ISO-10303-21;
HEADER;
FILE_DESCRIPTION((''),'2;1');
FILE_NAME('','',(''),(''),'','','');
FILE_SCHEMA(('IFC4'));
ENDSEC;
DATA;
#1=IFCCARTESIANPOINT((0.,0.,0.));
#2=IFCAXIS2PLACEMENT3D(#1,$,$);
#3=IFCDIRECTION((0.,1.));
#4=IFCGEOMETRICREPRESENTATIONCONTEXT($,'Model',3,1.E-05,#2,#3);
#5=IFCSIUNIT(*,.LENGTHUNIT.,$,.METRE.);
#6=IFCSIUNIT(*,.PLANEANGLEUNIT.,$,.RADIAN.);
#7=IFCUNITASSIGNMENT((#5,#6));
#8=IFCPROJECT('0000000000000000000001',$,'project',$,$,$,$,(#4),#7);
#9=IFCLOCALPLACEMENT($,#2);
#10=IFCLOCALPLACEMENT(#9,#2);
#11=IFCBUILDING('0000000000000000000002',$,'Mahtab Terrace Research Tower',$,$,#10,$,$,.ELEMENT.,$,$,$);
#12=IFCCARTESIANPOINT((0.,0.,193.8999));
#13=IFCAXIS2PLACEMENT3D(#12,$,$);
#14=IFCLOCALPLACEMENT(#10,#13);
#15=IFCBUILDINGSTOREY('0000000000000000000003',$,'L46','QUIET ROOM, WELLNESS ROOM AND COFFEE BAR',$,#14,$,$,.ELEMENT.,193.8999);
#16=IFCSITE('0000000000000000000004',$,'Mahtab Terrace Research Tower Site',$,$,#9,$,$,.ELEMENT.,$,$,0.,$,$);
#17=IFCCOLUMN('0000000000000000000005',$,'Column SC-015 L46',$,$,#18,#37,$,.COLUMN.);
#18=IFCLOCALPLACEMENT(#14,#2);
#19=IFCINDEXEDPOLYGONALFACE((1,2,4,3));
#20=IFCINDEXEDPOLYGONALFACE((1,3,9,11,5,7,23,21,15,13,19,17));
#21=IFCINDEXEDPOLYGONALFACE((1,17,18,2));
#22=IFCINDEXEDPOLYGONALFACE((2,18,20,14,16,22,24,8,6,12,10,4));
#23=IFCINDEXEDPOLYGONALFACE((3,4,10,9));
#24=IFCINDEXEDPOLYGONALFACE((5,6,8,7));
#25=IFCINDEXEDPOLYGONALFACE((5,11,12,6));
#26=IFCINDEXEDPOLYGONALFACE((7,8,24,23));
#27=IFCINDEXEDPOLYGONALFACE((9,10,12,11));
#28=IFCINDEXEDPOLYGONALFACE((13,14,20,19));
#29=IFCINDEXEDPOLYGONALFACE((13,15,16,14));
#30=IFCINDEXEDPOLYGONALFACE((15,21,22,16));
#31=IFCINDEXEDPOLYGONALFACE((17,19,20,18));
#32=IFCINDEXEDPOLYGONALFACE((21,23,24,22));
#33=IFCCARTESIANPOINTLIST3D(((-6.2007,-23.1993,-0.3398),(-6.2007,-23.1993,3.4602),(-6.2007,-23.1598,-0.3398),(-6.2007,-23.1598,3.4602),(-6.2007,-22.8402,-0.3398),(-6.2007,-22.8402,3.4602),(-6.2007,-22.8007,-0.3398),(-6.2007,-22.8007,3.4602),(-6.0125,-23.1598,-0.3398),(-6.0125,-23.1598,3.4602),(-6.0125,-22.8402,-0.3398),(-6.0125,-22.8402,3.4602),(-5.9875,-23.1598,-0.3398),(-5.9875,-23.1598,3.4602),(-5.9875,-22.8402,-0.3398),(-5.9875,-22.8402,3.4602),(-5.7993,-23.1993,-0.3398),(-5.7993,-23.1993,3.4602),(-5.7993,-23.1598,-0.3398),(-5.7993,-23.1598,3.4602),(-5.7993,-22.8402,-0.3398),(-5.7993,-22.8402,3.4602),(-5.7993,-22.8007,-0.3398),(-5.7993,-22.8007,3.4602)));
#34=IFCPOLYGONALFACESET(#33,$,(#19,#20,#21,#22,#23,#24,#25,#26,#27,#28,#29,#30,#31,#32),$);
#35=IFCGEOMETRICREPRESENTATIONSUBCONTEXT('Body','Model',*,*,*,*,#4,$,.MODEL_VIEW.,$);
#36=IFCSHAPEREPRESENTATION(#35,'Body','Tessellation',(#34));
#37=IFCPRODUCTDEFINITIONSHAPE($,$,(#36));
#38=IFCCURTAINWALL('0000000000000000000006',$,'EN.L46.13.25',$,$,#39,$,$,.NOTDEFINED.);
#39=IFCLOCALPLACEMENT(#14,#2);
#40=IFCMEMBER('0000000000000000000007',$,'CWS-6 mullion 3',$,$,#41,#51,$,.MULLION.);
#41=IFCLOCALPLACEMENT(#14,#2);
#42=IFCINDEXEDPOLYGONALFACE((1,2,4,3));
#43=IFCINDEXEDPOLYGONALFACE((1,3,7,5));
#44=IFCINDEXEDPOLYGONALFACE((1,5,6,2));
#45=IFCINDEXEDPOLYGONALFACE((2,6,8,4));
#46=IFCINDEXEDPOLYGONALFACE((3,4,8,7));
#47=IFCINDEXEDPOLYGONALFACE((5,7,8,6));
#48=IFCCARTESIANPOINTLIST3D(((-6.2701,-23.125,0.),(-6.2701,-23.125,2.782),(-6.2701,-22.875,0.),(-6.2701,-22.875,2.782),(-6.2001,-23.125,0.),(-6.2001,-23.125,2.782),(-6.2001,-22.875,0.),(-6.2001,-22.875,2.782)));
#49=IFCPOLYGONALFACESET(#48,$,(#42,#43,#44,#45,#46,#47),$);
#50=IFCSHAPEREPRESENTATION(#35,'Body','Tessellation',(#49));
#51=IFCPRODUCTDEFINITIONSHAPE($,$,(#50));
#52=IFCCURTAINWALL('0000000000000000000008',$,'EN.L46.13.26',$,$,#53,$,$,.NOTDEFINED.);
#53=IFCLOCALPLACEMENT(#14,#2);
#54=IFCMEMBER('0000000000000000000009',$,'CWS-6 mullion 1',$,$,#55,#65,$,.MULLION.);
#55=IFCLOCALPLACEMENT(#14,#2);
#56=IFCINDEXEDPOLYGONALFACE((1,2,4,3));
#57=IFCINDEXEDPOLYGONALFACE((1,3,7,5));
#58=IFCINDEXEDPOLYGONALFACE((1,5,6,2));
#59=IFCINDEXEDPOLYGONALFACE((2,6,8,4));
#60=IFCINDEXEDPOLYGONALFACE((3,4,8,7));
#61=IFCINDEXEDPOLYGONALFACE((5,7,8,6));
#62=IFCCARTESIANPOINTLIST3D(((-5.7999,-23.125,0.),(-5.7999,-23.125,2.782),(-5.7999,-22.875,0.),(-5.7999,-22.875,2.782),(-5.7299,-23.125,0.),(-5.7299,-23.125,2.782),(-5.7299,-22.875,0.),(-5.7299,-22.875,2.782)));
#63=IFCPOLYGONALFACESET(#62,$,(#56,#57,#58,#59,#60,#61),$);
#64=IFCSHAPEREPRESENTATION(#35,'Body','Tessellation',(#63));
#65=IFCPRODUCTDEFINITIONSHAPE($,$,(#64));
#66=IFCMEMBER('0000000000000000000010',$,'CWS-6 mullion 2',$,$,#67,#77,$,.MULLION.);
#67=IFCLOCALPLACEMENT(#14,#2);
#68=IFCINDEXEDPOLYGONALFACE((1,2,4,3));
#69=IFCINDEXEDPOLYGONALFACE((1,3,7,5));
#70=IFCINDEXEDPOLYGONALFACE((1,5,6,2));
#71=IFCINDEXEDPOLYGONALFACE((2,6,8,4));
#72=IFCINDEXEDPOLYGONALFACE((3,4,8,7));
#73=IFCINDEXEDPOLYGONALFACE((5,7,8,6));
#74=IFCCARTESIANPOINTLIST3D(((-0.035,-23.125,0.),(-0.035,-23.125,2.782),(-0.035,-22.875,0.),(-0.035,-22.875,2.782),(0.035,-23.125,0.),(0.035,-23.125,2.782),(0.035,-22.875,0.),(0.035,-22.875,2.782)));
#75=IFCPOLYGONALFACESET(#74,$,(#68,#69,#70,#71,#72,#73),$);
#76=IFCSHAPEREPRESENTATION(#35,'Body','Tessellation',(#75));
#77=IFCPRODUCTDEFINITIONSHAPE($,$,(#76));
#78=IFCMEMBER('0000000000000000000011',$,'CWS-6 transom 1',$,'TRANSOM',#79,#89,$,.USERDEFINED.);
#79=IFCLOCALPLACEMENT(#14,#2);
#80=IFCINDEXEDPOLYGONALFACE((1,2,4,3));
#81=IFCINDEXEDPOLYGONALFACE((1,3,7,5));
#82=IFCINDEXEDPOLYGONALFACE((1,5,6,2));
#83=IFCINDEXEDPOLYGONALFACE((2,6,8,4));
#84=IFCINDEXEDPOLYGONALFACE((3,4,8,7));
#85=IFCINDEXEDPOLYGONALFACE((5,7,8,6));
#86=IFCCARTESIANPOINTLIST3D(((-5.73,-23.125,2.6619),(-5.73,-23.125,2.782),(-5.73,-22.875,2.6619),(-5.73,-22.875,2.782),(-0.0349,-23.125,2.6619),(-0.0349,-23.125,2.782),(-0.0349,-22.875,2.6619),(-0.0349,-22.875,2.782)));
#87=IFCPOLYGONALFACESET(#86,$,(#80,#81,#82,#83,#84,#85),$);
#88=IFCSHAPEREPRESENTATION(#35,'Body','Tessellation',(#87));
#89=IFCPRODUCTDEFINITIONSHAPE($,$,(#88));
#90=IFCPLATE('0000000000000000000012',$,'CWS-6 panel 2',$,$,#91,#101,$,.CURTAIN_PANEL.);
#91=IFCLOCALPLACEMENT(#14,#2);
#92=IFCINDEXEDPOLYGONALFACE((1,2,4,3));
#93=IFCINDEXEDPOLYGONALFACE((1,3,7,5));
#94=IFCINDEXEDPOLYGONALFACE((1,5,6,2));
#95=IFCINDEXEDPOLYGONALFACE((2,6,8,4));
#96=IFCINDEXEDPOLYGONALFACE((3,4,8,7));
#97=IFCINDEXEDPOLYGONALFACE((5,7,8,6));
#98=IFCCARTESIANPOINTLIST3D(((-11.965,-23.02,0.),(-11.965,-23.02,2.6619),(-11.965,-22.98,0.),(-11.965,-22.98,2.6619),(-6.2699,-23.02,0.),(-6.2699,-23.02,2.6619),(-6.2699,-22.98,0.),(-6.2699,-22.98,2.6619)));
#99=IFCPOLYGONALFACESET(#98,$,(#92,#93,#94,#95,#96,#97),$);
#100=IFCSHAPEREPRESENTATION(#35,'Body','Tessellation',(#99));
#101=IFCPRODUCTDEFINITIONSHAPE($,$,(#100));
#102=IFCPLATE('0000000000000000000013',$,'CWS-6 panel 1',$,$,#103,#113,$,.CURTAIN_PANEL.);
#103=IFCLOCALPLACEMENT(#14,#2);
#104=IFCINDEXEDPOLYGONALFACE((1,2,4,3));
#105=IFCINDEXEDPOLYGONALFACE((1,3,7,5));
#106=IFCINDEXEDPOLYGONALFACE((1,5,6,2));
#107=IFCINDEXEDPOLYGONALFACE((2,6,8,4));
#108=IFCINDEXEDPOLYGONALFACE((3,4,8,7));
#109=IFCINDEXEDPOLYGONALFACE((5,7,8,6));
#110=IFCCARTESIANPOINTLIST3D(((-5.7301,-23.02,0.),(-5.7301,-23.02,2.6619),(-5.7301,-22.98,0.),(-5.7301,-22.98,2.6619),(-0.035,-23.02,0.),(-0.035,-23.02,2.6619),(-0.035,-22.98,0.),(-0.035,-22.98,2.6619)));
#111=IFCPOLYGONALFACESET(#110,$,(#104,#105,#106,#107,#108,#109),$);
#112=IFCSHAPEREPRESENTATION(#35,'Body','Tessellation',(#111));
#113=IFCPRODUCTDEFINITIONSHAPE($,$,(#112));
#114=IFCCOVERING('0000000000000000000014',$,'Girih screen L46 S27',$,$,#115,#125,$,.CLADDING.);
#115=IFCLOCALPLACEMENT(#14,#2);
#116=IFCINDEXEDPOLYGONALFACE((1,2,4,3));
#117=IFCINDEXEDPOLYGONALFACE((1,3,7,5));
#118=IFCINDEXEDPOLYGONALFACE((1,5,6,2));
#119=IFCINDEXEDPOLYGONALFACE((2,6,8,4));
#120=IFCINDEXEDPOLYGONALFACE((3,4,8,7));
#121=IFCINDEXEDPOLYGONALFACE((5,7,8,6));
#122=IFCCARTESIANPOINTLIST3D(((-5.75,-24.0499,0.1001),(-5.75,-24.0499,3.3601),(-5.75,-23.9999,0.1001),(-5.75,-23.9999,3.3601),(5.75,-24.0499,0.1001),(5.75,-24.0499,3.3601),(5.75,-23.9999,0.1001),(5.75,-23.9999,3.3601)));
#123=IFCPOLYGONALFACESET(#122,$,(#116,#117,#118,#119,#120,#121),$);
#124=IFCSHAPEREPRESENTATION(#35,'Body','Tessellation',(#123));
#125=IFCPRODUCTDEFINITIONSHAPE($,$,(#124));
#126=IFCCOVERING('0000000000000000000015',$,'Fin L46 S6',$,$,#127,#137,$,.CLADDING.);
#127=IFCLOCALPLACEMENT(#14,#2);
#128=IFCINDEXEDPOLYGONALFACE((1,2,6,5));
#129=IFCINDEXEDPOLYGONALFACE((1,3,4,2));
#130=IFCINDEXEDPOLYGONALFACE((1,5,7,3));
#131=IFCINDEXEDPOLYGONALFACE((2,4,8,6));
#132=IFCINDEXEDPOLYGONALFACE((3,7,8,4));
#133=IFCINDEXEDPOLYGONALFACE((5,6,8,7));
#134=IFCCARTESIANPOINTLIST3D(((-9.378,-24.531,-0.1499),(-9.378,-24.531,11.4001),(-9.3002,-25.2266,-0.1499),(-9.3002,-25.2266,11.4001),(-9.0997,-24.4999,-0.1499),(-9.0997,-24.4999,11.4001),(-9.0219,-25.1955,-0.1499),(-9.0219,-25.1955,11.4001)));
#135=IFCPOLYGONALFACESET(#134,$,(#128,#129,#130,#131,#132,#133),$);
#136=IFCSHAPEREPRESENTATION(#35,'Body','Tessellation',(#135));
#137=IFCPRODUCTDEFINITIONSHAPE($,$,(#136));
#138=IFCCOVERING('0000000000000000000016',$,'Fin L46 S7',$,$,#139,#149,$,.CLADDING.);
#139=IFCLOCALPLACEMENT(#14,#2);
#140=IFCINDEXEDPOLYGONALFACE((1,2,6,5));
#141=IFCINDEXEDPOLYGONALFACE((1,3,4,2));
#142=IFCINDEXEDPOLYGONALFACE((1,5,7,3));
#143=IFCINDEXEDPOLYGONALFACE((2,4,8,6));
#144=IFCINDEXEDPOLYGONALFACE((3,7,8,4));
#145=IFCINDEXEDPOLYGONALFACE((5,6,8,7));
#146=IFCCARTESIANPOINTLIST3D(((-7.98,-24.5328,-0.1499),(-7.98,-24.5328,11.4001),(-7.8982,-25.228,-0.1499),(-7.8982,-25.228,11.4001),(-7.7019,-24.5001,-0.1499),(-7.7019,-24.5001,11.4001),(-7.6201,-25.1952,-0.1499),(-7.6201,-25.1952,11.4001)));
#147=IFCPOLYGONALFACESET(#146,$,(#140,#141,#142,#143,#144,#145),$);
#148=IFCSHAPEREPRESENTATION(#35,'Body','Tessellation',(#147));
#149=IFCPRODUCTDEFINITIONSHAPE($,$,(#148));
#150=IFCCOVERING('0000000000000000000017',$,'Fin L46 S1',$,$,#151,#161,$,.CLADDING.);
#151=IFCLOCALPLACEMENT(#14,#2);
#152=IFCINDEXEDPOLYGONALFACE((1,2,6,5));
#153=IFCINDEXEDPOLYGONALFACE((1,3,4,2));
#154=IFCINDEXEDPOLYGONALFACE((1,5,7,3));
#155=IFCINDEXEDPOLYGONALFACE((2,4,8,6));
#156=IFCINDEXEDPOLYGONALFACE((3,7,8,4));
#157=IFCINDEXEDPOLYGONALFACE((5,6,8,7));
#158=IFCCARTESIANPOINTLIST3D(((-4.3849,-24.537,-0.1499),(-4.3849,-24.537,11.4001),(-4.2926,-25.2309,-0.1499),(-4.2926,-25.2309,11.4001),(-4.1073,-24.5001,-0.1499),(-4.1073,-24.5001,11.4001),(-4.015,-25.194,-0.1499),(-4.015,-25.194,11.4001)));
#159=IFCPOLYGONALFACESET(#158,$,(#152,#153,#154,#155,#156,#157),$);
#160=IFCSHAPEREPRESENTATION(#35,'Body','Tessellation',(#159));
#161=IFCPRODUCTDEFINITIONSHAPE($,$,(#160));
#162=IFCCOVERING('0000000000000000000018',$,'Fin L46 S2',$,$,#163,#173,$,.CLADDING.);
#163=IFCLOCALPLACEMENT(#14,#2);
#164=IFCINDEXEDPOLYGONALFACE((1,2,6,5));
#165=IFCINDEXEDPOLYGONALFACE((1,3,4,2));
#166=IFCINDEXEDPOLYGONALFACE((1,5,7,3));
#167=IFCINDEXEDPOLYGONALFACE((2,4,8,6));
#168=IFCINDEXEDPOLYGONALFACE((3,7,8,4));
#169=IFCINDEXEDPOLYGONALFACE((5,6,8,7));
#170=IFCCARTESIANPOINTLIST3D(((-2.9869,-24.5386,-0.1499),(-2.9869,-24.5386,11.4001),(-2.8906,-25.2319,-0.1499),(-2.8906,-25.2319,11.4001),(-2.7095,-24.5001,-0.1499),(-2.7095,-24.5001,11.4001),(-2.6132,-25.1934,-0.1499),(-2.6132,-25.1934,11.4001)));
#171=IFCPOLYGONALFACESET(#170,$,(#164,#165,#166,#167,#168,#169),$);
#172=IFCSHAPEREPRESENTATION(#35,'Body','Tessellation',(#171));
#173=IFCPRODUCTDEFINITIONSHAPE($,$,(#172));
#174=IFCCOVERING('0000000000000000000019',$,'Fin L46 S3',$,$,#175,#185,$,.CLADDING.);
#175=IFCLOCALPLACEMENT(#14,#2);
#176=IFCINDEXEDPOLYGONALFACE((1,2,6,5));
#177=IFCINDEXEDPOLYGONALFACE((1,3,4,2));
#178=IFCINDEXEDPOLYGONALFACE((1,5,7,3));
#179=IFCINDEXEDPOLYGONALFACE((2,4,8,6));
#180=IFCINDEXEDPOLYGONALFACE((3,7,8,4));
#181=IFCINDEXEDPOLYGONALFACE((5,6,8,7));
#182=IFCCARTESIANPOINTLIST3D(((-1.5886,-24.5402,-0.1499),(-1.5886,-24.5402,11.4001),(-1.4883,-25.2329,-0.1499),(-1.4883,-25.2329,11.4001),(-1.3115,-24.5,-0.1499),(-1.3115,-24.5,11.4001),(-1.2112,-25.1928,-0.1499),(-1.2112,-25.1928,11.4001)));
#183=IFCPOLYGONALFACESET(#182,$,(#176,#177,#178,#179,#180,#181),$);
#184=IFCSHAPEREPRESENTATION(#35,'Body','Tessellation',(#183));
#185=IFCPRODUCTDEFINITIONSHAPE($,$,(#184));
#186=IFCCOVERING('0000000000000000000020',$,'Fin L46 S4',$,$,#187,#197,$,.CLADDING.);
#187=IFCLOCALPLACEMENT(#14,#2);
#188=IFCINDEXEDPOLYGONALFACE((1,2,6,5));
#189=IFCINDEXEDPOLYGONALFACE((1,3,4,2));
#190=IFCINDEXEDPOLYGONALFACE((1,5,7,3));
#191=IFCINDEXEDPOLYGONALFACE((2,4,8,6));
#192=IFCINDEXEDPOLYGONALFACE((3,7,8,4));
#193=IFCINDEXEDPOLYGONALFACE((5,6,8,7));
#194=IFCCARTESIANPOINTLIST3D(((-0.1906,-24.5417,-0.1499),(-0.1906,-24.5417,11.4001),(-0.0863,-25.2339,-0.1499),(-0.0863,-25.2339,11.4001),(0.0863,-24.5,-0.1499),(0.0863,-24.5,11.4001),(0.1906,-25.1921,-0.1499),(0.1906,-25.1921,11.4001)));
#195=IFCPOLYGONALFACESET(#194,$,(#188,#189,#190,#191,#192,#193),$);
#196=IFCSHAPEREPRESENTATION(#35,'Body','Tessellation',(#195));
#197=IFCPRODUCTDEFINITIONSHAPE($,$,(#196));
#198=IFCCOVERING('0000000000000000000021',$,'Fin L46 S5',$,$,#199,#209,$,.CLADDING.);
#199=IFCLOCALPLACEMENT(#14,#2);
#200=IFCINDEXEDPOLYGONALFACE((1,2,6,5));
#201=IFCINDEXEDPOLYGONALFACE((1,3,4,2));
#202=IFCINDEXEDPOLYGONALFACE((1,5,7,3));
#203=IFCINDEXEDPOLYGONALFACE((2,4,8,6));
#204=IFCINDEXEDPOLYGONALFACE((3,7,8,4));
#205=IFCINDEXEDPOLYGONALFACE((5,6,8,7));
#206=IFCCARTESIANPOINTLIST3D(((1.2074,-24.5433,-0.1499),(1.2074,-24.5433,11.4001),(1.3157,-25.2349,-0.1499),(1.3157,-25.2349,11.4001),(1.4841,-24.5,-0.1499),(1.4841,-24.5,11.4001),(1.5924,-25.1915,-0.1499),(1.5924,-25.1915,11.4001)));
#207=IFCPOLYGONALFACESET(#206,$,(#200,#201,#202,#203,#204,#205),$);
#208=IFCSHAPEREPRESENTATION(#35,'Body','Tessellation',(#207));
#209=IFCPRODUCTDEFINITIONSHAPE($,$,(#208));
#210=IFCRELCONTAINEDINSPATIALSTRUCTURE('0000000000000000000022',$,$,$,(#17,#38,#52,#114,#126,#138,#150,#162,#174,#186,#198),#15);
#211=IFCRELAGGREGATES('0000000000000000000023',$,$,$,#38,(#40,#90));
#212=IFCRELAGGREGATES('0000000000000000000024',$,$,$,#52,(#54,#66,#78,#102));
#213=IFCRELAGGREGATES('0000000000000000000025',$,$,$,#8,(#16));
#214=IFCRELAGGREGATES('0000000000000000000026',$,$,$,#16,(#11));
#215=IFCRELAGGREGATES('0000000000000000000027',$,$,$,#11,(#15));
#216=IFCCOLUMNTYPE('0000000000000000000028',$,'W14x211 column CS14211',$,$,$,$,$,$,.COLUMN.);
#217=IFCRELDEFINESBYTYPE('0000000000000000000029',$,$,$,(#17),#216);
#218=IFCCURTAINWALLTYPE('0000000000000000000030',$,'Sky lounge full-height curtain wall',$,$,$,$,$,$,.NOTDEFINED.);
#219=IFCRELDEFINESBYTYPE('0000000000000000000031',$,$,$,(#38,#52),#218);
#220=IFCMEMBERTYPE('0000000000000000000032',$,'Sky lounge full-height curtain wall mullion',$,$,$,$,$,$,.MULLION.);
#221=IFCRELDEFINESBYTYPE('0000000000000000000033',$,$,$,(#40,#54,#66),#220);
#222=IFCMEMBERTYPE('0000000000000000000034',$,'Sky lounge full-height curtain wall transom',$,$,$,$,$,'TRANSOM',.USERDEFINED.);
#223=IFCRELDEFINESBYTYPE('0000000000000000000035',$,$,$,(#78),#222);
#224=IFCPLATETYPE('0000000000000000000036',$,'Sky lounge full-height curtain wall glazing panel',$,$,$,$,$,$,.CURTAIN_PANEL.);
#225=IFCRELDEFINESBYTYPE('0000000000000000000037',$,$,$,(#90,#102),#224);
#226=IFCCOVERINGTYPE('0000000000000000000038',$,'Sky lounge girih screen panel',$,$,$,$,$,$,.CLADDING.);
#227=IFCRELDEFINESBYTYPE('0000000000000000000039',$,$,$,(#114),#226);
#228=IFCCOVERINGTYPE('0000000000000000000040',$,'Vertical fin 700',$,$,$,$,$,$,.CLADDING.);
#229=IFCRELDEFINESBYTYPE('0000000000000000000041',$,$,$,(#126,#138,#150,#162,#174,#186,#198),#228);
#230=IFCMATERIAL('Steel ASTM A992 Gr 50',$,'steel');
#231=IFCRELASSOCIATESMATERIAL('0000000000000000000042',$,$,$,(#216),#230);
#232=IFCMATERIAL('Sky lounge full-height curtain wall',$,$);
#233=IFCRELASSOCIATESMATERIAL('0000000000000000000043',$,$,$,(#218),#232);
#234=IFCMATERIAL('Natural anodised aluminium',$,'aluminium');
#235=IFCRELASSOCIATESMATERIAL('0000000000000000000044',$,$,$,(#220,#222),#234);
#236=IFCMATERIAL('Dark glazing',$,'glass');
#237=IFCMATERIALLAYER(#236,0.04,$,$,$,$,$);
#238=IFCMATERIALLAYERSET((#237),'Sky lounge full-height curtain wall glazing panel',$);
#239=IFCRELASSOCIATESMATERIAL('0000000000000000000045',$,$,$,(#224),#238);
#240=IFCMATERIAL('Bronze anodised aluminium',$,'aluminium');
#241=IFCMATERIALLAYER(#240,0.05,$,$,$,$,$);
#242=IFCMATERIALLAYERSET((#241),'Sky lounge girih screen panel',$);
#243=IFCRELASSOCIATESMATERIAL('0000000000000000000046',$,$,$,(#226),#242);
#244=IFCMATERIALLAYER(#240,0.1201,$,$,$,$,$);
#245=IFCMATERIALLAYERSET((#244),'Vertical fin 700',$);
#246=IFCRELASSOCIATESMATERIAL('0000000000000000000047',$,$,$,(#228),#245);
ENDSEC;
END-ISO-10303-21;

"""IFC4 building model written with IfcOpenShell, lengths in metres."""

from ifc_helpers import new_model, si_unit, direction, frame, origin, origin_2d, place, context, subcontext, project, spatial, rectangle, i_section, extrude, material, layer, layer_set, material_profile, profile_set, type_object, element, aggregate, save


model = new_model("IFC4")

# Units and contexts
model_context = context("Model", 3, precision=1e-05, world=origin(), true_north=direction((0.0, 1.0)))
body_context = subcontext(model_context, "Body", "Model", "MODEL_VIEW")
ifc_project = project(units=[si_unit("LENGTHUNIT", "METRE"), si_unit("PLANEANGLEUNIT", "RADIAN")], contexts=[model_context])

# Site, building, storey
site_placement = place(None, origin())
site = spatial("IfcSite", under=ifc_project, at=site_placement, Name="Mahtab Terrace Research Tower Site", CompositionType="ELEMENT", RefElevation=0.0)
building_placement = place(site_placement, origin())
building = spatial("IfcBuilding", under=site, at=building_placement, Name="Mahtab Terrace Research Tower", CompositionType="ELEMENT")
storey_placement = place(building_placement, frame((0.0, 0.0, 193.8999)))
storey = spatial("IfcBuildingStorey", under=building, at=storey_placement, Name="L46", Description="QUIET ROOM, WELLNESS ROOM AND COFFEE BAR", CompositionType="ELEMENT", Elevation=193.8999)

# Column
ifc_material_1 = material(Name="Steel ASTM A992 Gr 50", Category="steel")
ifc_material_profile_1 = material_profile(ifc_material_1, i_section(OverallWidth=0.4014, OverallDepth=0.3987, WebThickness=0.0249, FlangeThickness=0.0396, at=origin_2d()), Name="W14X211")
ifc_profile_set_1 = profile_set([ifc_material_profile_1], Name="Steel ASTM A992 Gr 50")
column_type = type_object("IfcColumnType", Name="W14x211 column CS14211", PredefinedType="COLUMN", material=ifc_profile_set_1)
column_placement = place(storey_placement, frame((-6.0, -23.0, -0.3398), z_axis=(0.0, 0.0, 1.0), x_axis=(1.0, 0.0, 0.0)))
element("IfcColumn", 1, at=column_placement, inside=storey, type_object=column_type, Name="Column SC-015 L46", PredefinedType="COLUMN", context=body_context, shape_type="SweptSolid", body=[
    extrude(i_section(OverallWidth=0.4014, OverallDepth=0.3987, WebThickness=0.0249, FlangeThickness=0.0396, at=origin_2d()), origin(), (0.0, 0.0, 1.0), 3.8),
])

# Curtain wall, member
ifc_material_2 = material(Name="Sky lounge full-height curtain wall")
curtain_wall_type = type_object("IfcCurtainWallType", Name="Sky lounge full-height curtain wall", PredefinedType="NOTDEFINED", material=ifc_material_2)
curtain_wall_1_placement = place(storey_placement, origin())
curtain_wall_1 = element("IfcCurtainWall", 2, at=curtain_wall_1_placement, inside=storey, type_object=curtain_wall_type, Name="EN.L46.13.25", PredefinedType="NOTDEFINED")
ifc_material_3 = material(Name="Natural anodised aluminium", Category="aluminium")
ifc_material_profile_2 = material_profile(ifc_material_3, rectangle(XDim=0.25, YDim=0.0701, at=origin_2d()), Name="MULLION 70x250")
ifc_profile_set_2 = profile_set([ifc_material_profile_2], Name="Natural anodised aluminium")
member_type_1 = type_object("IfcMemberType", Name="Sky lounge full-height curtain wall mullion", PredefinedType="MULLION", material=ifc_profile_set_2)
member_1_placement = place(storey_placement, frame((-6.2351, -23.0, 0.0), z_axis=(0.0, 0.0, 1.0), x_axis=(0.0, 1.0, 0.0)))
member_1 = element("IfcMember", 3, at=member_1_placement, type_object=member_type_1, Name="CWS-6 mullion 3", PredefinedType="MULLION", context=body_context, shape_type="SweptSolid", body=[
    extrude(rectangle(XDim=0.25, YDim=0.0701, at=origin_2d()), origin(), (0.0, 0.0, 1.0), 2.782),
])

# Curtain wall, members
curtain_wall_2_placement = place(storey_placement, origin())
curtain_wall_2 = element("IfcCurtainWall", 4, at=curtain_wall_2_placement, inside=storey, type_object=curtain_wall_type, Name="EN.L46.13.26", PredefinedType="NOTDEFINED")
member_2_placement = place(storey_placement, frame((-5.7649, -23.0, 0.0), z_axis=(0.0, 0.0, 1.0), x_axis=(0.0, 1.0, 0.0)))
member_2 = element("IfcMember", 5, at=member_2_placement, type_object=member_type_1, Name="CWS-6 mullion 1", PredefinedType="MULLION", context=body_context, shape_type="SweptSolid", body=[
    extrude(rectangle(XDim=0.25, YDim=0.0701, at=origin_2d()), origin(), (0.0, 0.0, 1.0), 2.782),
])
member_3_placement = place(storey_placement, frame((0.0, -23.0, 0.0), z_axis=(0.0, 0.0, 1.0), x_axis=(0.0, 1.0, 0.0)))
member_3 = element("IfcMember", 6, at=member_3_placement, type_object=member_type_1, Name="CWS-6 mullion 2", PredefinedType="MULLION", context=body_context, shape_type="SweptSolid", body=[
    extrude(rectangle(XDim=0.25, YDim=0.0701, at=origin_2d()), origin(), (0.0, 0.0, 1.0), 2.782),
])
ifc_material_profile_3 = material_profile(ifc_material_3, rectangle(XDim=0.25, YDim=0.1201, at=origin_2d()), Name="TRANSOM 120x250")
ifc_profile_set_3 = profile_set([ifc_material_profile_3], Name="Natural anodised aluminium")
member_type_2 = type_object("IfcMemberType", Name="Sky lounge full-height curtain wall transom", ElementType="TRANSOM", PredefinedType="USERDEFINED", material=ifc_profile_set_3)
member_4_placement = place(storey_placement, frame((-5.73, -23.0, 2.7219), z_axis=(1.0, 0.0, 0.0), x_axis=(0.0, 1.0, 0.0)))
member_4 = element("IfcMember", 7, at=member_4_placement, type_object=member_type_2, Name="CWS-6 transom 1", ObjectType="TRANSOM", PredefinedType="USERDEFINED", context=body_context, shape_type="SweptSolid", body=[
    extrude(rectangle(XDim=0.25, YDim=0.1201, at=origin_2d()), origin(), (0.0, 0.0, 1.0), 5.6951),
])

# Plates
ifc_material_4 = material(Name="Dark glazing", Category="glass")
ifc_layer_1 = layer(ifc_material_4, 0.04)
ifc_layer_set_1 = layer_set([ifc_layer_1], Name="Sky lounge full-height curtain wall glazing panel")
plate_type = type_object("IfcPlateType", Name="Sky lounge full-height curtain wall glazing panel", PredefinedType="CURTAIN_PANEL", material=ifc_layer_set_1)
plate_1_placement = place(storey_placement, frame((-9.1174, -23.0, 0.0), z_axis=(0.0, 0.0, 1.0), x_axis=(1.0, 0.0, 0.0)))
plate_1 = element("IfcPlate", 8, at=plate_1_placement, type_object=plate_type, Name="CWS-6 panel 2", PredefinedType="CURTAIN_PANEL", context=body_context, shape_type="SweptSolid", body=[
    extrude(rectangle(XDim=5.6951, YDim=0.04, at=origin_2d()), origin(), (0.0, 0.0, 1.0), 2.6619),
])
aggregate(curtain_wall_1, [member_1, plate_1])
plate_2_placement = place(storey_placement, frame((-2.8826, -23.0, 0.0), z_axis=(0.0, 0.0, 1.0), x_axis=(1.0, 0.0, 0.0)))
plate_2 = element("IfcPlate", 9, at=plate_2_placement, type_object=plate_type, Name="CWS-6 panel 1", PredefinedType="CURTAIN_PANEL", context=body_context, shape_type="SweptSolid", body=[
    extrude(rectangle(XDim=5.6951, YDim=0.04, at=origin_2d()), origin(), (0.0, 0.0, 1.0), 2.6619),
])
aggregate(curtain_wall_2, [member_2, member_3, member_4, plate_2])

# Coverings
ifc_material_5 = material(Name="Bronze anodised aluminium", Category="aluminium")
ifc_layer_2 = layer(ifc_material_5, 0.05)
ifc_layer_set_2 = layer_set([ifc_layer_2], Name="Sky lounge girih screen panel")
covering_type_1 = type_object("IfcCoveringType", Name="Sky lounge girih screen panel", PredefinedType="CLADDING", material=ifc_layer_set_2)
covering_placement = place(storey_placement, frame((0.0, -24.0249, 0.1001), z_axis=(0.0, 0.0, 1.0), x_axis=(1.0, 0.0, 0.0)))
element("IfcCovering", 10, at=covering_placement, inside=storey, type_object=covering_type_1, Name="Girih screen L46 S27", PredefinedType="CLADDING", context=body_context, shape_type="SweptSolid", body=[
    extrude(rectangle(XDim=11.5, YDim=0.05, at=origin_2d()), origin(), (0.0, 0.0, 1.0), 3.26),
])
ifc_layer_3 = layer(ifc_material_5, 0.1201)
ifc_layer_set_3 = layer_set([ifc_layer_3], Name="Vertical fin 700")
covering_type_2 = type_object("IfcCoveringType", Name="Vertical fin 700", PredefinedType="CLADDING", material=ifc_layer_set_3)
for number, where, z_axis, x_axis, name in (
    (11, (-9.2, -24.8633, -0.1499), (0.0, 0.0, 1.0), (0.993805, 0.111139, 0.0), "Fin L46 S6"),
    (12, (-7.8, -24.864, -0.1499), (0.0, 0.0, 1.0), (0.993142, 0.116918, 0.0), "Fin L46 S7"),
    (13, (-4.2, -24.8655, -0.1499), (0.0, 0.0, 1.0), (0.991281, 0.131762, 0.0), "Fin L46 S1"),
    (14, (-2.8, -24.866, -0.1499), (0.0, 0.0, 1.0), (0.990498, 0.137527, 0.0), "Fin L46 S2"),
    (15, (-1.3999, -24.8665, -0.1499), (0.0, 0.0, 1.0), (0.989681, 0.143287, 0.0), "Fin L46 S3"),
    (16, (0.0, -24.8669, -0.1499), (0.0, 0.0, 1.0), (0.988831, 0.149042, 0.0), "Fin L46 S4"),
    (17, (1.3999, -24.8674, -0.1499), (0.0, 0.0, 1.0), (0.987947, 0.154792, 0.0), "Fin L46 S5"),
):
    element("IfcCovering", number, at=place(storey_placement, frame(where, z_axis=z_axis, x_axis=x_axis)), inside=storey, type_object=covering_type_2, Name=name, PredefinedType="CLADDING", context=body_context, shape_type="SweptSolid", body=[
        extrude(rectangle(XDim=0.28, YDim=0.7, at=origin_2d()), origin(), (0.0, 0.0, 1.0), 11.55),
    ])

save(model, "model.ifc")
